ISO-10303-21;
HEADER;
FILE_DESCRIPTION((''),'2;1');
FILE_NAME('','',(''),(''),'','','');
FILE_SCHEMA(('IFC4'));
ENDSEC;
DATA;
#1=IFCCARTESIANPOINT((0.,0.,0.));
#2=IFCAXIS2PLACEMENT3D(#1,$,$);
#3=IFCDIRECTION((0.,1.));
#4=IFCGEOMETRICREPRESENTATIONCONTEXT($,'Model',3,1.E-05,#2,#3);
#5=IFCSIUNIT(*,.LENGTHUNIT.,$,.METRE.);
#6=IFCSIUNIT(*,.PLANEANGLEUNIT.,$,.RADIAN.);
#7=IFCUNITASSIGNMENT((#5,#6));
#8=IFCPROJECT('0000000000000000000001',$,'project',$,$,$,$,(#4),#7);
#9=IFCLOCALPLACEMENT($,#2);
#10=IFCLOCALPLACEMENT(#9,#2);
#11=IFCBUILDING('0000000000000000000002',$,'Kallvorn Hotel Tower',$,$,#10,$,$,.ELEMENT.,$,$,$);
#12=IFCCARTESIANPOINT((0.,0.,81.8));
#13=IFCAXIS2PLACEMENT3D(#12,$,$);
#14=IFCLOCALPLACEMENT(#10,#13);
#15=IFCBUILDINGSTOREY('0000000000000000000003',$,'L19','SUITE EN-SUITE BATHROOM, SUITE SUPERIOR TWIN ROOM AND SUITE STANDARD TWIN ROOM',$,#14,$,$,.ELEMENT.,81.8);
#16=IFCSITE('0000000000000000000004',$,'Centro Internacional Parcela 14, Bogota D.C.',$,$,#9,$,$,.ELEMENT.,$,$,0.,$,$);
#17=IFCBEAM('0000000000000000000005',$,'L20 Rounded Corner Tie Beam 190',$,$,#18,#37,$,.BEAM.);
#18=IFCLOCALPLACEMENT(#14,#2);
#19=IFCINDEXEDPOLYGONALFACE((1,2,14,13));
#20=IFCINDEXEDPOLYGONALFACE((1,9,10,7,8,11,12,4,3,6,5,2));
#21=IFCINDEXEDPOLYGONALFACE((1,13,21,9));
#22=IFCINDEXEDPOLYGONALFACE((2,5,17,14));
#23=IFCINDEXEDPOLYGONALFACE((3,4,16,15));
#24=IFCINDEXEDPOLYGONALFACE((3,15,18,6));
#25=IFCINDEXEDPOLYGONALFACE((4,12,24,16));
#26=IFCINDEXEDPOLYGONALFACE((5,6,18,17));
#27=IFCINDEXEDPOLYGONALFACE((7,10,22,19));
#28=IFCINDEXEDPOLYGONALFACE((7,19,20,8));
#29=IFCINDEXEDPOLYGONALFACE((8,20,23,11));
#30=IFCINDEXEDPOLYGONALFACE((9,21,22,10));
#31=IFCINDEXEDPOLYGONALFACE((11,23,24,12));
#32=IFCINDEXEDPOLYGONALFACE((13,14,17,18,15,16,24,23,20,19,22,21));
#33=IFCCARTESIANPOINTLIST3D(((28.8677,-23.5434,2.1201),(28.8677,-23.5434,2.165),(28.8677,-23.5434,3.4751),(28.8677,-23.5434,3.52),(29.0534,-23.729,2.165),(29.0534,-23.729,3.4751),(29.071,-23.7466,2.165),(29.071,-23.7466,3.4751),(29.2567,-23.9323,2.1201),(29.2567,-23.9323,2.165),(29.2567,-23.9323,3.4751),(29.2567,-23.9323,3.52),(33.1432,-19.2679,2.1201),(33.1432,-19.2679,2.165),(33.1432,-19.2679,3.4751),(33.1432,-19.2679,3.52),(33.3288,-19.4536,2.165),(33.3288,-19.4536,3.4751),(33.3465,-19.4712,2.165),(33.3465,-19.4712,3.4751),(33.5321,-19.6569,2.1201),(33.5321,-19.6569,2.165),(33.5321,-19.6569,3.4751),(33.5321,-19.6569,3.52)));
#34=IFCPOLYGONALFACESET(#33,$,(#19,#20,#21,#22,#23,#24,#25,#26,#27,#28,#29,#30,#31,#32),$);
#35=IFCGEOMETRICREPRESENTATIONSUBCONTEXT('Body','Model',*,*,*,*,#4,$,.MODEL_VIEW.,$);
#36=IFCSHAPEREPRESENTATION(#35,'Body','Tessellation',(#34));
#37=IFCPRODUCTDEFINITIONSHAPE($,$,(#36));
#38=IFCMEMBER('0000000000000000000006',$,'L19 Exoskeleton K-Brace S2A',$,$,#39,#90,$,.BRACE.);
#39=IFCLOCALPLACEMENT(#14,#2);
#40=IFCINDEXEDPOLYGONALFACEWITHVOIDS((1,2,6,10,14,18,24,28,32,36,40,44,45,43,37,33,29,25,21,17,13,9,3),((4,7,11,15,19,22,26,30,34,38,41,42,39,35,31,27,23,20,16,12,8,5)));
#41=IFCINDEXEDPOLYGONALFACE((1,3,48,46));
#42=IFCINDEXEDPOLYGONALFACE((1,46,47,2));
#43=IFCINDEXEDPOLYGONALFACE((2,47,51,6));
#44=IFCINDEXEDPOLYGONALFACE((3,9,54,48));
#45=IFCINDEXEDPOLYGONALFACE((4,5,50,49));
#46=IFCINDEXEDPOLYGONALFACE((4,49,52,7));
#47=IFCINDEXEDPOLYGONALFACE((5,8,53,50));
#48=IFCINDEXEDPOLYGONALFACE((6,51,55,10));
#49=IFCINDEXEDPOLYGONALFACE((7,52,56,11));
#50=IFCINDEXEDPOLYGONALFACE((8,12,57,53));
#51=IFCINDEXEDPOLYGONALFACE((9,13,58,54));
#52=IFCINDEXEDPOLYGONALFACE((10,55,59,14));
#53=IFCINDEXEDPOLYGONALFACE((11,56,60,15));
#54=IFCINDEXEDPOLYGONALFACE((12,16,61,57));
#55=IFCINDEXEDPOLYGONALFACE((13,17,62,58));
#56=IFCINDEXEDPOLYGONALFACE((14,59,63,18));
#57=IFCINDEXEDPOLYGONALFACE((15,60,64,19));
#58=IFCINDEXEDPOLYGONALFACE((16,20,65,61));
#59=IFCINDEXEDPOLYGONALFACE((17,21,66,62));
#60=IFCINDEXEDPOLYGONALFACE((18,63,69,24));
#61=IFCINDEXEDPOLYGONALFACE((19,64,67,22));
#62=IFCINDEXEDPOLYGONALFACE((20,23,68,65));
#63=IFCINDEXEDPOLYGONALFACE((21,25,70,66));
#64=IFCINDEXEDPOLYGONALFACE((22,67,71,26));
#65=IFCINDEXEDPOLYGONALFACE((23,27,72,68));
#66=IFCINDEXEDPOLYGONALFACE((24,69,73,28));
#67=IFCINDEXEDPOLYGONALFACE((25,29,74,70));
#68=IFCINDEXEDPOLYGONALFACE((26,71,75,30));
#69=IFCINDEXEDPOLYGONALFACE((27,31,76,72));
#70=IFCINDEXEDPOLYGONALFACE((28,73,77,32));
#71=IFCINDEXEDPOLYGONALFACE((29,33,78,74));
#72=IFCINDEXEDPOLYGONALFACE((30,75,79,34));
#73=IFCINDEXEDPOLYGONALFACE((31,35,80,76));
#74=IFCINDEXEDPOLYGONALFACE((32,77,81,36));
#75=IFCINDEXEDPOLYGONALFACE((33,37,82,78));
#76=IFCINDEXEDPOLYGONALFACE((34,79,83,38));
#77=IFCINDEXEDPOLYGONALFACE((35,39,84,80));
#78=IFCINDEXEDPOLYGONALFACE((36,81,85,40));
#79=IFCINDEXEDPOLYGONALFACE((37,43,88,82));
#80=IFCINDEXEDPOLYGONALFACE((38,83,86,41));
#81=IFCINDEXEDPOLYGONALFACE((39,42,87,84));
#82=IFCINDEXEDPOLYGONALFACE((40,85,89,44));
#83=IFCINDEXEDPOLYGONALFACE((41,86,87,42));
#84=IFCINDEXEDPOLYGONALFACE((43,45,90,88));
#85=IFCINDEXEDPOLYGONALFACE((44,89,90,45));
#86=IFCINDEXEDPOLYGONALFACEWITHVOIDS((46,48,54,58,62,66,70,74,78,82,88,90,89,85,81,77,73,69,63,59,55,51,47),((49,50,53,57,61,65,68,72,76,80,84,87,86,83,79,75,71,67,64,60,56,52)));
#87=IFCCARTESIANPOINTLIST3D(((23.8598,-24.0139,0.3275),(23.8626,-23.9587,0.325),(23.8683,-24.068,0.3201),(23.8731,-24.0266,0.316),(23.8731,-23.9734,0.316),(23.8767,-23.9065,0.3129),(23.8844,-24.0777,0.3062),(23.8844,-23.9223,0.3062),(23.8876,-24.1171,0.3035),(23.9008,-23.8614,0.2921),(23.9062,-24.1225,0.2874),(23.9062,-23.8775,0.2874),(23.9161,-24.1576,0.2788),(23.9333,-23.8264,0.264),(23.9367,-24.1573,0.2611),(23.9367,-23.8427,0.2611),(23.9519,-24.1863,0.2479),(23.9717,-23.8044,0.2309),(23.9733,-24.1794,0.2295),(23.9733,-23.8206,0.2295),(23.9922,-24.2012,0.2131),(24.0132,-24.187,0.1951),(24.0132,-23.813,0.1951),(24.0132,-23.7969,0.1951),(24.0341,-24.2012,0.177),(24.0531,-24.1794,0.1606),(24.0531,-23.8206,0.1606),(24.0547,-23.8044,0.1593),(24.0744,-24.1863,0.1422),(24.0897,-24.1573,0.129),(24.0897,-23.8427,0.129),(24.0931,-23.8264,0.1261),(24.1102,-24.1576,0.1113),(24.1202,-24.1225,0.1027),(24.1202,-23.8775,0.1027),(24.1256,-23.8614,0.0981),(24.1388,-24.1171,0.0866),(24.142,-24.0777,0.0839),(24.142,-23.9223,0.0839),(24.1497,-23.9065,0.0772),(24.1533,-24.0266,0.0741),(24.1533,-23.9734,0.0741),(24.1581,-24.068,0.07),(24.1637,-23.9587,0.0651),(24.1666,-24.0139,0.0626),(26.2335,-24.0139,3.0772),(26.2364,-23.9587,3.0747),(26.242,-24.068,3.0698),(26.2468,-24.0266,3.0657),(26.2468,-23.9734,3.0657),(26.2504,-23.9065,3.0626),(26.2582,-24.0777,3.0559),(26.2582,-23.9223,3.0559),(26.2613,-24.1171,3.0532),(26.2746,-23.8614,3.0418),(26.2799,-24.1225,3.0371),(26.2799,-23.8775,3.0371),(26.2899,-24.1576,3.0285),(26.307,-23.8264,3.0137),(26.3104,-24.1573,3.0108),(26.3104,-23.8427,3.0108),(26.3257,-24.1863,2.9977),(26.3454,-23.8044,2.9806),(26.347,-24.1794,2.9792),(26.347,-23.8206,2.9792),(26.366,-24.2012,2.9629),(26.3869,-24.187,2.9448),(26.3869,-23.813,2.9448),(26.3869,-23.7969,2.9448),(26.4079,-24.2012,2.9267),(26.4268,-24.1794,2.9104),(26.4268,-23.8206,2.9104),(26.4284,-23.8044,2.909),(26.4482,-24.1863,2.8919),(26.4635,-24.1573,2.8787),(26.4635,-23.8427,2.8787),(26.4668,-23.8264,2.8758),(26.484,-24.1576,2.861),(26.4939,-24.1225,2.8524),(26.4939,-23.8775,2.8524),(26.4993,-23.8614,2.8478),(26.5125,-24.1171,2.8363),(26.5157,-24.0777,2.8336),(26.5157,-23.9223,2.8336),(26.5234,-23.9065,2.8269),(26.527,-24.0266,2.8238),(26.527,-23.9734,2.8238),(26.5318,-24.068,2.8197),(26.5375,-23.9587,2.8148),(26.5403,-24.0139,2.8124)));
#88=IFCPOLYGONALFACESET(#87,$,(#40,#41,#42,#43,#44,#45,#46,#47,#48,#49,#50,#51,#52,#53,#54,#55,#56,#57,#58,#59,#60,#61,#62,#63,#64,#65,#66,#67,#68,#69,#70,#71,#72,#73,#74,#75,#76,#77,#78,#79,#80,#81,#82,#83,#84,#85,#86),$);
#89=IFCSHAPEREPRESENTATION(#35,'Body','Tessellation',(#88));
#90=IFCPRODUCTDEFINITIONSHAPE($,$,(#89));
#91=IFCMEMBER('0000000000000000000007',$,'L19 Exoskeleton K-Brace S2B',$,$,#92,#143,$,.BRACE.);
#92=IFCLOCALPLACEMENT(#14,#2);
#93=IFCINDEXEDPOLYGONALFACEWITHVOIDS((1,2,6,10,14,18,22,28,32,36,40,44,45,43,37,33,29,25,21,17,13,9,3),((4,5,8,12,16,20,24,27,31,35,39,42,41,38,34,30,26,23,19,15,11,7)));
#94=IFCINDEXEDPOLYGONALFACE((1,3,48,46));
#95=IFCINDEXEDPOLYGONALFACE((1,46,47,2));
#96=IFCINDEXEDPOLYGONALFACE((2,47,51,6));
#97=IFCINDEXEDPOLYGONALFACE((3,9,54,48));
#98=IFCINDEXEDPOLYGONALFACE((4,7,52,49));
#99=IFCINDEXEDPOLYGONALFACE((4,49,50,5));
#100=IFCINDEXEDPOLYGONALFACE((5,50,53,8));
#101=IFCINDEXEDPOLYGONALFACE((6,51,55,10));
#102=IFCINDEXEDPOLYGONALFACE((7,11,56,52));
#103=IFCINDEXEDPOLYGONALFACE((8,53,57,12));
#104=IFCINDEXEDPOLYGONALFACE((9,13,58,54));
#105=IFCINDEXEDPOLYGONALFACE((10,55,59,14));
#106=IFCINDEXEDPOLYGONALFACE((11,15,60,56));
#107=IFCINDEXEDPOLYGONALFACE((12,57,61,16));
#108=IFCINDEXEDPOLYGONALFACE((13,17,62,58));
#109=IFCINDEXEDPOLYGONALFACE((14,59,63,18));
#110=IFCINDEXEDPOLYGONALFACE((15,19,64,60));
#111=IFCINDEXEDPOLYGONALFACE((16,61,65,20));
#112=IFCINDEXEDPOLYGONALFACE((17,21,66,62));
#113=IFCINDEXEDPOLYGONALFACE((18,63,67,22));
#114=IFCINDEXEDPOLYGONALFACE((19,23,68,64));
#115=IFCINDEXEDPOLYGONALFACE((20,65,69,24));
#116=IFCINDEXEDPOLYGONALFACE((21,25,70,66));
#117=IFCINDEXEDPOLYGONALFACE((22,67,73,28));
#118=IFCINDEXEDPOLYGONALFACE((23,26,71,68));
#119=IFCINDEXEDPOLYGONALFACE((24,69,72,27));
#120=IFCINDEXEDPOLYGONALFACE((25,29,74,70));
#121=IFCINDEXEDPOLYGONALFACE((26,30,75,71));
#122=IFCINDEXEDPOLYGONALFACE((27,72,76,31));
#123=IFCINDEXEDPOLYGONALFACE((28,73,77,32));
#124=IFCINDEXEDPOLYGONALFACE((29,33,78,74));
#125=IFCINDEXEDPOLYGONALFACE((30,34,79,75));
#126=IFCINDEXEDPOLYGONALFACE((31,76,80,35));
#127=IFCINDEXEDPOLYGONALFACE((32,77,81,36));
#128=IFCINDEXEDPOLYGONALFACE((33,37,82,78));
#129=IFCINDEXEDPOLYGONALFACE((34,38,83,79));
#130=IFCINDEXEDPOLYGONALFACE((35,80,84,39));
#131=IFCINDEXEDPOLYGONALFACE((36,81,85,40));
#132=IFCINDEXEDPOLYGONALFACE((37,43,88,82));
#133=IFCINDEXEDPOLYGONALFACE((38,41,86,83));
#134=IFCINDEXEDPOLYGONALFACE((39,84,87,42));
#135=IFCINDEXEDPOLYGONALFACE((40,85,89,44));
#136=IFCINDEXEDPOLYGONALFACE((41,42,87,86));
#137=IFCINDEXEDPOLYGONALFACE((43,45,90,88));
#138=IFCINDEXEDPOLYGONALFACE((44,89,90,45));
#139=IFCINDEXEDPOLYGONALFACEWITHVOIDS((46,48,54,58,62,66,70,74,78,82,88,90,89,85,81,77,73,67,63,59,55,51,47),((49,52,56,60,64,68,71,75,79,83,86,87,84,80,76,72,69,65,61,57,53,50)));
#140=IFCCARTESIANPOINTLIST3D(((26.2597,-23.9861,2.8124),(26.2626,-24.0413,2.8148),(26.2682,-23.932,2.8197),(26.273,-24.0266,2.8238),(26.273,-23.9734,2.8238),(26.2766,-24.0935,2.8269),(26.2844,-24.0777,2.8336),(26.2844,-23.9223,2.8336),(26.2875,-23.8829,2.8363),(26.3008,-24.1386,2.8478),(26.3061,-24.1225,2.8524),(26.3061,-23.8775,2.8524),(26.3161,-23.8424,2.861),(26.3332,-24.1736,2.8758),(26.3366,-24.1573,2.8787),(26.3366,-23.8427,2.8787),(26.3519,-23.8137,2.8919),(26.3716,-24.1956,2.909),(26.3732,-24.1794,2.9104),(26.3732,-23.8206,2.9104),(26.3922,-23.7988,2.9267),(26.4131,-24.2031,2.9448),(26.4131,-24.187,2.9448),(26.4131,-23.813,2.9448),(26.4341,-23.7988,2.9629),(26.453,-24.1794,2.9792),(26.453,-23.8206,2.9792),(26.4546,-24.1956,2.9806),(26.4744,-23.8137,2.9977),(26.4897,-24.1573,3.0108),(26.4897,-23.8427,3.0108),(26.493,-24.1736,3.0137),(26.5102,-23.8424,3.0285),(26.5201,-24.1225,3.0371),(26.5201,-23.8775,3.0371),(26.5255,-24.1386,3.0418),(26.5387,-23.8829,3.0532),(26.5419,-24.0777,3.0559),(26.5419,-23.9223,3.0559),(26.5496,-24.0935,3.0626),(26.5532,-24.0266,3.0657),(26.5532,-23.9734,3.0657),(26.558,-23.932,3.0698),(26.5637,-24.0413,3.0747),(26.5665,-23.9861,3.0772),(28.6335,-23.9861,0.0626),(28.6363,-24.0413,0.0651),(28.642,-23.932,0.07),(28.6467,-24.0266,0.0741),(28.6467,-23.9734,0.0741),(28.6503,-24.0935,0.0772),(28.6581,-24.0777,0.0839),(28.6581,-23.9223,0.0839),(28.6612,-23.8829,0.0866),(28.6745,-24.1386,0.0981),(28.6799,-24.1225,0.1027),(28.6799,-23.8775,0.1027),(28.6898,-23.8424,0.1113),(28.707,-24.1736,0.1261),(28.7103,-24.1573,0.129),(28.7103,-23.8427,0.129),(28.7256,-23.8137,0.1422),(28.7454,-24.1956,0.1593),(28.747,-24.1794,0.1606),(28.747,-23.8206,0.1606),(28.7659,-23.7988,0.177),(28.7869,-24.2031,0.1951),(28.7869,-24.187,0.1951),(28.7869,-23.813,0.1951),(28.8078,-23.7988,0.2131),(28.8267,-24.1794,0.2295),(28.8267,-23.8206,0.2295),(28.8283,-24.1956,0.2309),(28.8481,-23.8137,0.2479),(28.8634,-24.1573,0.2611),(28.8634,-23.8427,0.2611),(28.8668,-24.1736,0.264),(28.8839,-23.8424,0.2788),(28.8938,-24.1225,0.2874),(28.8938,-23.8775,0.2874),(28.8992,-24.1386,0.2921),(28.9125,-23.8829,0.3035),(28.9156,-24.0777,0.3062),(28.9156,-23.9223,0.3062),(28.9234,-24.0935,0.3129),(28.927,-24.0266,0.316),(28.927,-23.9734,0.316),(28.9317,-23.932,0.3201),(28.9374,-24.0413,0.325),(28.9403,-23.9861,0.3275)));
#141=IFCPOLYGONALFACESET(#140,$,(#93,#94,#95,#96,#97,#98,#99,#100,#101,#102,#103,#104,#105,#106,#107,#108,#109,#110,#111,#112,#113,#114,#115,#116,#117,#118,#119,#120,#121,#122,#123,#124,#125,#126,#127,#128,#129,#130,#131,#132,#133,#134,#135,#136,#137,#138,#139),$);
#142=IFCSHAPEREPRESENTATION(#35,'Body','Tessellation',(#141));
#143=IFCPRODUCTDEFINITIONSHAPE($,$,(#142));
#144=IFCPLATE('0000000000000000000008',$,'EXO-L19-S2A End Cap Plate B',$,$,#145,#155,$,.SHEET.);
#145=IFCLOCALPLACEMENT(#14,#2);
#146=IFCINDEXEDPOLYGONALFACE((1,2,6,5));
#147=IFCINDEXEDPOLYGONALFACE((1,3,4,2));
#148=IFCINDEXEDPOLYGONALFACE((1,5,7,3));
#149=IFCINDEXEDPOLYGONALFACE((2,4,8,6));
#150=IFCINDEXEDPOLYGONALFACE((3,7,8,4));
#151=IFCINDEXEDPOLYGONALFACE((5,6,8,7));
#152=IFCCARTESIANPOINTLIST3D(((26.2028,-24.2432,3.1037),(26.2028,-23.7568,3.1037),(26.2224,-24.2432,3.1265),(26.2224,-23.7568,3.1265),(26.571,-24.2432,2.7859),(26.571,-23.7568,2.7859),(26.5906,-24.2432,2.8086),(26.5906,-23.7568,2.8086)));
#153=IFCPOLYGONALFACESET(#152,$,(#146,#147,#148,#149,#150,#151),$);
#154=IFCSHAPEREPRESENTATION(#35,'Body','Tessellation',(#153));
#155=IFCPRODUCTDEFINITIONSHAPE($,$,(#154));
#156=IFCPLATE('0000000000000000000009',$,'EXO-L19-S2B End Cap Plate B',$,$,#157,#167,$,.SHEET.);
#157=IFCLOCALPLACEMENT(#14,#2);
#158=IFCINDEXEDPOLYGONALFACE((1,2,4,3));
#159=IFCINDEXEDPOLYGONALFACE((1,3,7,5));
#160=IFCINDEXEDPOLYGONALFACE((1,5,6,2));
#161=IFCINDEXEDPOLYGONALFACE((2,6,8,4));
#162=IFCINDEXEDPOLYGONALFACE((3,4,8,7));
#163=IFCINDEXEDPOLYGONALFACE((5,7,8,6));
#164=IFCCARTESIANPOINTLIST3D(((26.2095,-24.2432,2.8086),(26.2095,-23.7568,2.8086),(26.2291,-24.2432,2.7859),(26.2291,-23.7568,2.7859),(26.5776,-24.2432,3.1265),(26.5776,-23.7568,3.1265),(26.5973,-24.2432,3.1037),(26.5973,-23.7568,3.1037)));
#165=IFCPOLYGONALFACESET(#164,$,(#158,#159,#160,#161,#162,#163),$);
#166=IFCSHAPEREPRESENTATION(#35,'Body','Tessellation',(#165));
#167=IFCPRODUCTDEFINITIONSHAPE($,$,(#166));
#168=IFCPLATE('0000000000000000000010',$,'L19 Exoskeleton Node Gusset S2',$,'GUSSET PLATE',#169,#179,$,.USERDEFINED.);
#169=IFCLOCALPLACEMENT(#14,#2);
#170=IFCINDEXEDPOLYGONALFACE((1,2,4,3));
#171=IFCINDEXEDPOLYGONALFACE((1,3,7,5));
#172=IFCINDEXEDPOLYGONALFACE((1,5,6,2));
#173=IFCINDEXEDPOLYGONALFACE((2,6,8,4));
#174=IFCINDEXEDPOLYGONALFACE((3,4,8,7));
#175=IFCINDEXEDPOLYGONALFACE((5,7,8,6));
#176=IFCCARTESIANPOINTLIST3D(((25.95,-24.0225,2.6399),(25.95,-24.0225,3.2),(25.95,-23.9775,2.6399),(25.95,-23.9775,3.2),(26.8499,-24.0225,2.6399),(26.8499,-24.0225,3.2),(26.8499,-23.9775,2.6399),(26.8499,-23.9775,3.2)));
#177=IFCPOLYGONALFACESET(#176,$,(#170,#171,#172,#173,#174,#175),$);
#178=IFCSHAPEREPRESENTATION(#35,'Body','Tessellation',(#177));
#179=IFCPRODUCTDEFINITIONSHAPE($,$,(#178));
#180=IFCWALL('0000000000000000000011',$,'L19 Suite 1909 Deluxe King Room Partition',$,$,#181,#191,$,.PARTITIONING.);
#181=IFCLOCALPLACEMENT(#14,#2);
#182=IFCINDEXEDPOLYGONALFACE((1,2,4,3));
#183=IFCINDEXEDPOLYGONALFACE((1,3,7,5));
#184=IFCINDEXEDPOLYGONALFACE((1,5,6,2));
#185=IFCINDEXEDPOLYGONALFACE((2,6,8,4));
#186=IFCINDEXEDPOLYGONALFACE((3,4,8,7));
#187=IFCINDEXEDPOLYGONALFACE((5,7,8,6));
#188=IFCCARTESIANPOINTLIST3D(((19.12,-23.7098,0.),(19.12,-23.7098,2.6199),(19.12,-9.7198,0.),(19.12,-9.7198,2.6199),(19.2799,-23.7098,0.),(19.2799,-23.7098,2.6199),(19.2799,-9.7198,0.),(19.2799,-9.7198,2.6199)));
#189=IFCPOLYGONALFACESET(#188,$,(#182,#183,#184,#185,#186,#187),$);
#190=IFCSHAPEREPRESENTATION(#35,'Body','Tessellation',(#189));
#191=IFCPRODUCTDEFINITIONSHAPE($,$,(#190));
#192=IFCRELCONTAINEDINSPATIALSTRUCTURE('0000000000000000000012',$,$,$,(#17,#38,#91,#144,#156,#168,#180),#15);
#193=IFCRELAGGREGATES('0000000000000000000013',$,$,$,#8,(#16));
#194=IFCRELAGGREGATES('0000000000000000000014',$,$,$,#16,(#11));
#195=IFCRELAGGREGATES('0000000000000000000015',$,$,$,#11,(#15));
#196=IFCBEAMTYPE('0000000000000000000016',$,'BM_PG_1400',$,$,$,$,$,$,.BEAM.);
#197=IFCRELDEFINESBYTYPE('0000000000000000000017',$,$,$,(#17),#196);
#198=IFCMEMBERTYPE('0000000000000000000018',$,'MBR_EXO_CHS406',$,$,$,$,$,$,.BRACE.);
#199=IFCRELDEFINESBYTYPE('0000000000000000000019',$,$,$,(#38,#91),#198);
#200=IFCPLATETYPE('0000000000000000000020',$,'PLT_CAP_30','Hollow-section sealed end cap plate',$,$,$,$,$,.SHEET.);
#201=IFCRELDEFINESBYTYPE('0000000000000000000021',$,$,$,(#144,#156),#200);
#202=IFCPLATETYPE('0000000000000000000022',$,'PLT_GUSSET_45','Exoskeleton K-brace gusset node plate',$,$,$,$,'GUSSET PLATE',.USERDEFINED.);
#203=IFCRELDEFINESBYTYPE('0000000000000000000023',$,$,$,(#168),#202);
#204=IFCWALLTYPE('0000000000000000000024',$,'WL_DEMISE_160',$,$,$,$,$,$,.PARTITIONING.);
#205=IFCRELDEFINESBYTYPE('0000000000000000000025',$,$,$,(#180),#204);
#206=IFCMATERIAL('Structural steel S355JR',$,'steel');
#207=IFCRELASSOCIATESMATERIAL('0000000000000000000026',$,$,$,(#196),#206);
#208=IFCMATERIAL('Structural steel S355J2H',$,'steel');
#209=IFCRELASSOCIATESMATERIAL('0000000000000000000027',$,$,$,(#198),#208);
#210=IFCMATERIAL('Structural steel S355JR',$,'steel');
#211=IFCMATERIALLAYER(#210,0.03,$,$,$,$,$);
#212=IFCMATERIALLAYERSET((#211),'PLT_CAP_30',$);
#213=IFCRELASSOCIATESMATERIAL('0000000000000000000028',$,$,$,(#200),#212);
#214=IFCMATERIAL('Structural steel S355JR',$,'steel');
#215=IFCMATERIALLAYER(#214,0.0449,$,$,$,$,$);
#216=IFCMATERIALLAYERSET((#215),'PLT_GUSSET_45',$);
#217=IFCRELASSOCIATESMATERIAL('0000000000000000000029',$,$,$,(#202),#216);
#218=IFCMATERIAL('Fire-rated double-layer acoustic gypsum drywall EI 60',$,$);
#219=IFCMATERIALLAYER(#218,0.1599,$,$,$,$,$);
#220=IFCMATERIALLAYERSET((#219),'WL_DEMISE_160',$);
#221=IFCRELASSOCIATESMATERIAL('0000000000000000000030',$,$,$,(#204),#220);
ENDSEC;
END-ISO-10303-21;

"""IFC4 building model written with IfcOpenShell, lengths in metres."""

from ifc_helpers import new_model, si_unit, direction, frame, frame_2d, origin, origin_2d, place, context, subcontext, project, spatial, polyline, rectangle, hollow_circle, i_section, outline, extrude, material, layer, layer_set, material_profile, profile_set, type_object, element, save


model = new_model("IFC4")

# Units and contexts
model_context = context("Model", 3, precision=1e-05, world=origin(), true_north=direction((0.0, 1.0)))
body_context = subcontext(model_context, "Body", "Model", "MODEL_VIEW")
ifc_project = project(units=[si_unit("LENGTHUNIT", "METRE"), si_unit("PLANEANGLEUNIT", "RADIAN")], contexts=[model_context])

# Site, building, storey
site_placement = place(None, origin())
site = spatial("IfcSite", under=ifc_project, at=site_placement, Name="Centro Internacional Parcela 14, Bogota D.C.", CompositionType="ELEMENT", RefElevation=0.0)
building_placement = place(site_placement, origin())
building = spatial("IfcBuilding", under=site, at=building_placement, Name="Kallvorn Hotel Tower", CompositionType="ELEMENT")
storey_placement = place(building_placement, frame((0.0, 0.0, 81.8)))
storey = spatial("IfcBuildingStorey", under=building, at=storey_placement, Name="L19", Description="SUITE EN-SUITE BATHROOM, SUITE SUPERIOR TWIN ROOM AND SUITE STANDARD TWIN ROOM", CompositionType="ELEMENT", Elevation=81.8)

# Beam
ifc_material_1 = material(Name="Structural steel S355JR", Category="steel")
ifc_material_profile_1 = material_profile(ifc_material_1, i_section(OverallWidth=0.55, OverallDepth=1.3999, WebThickness=0.0249, FlangeThickness=0.0449, at=origin_2d()), Name="PG 1400x550x25x45")
ifc_profile_set_1 = profile_set([ifc_material_profile_1], Name="Structural steel S355JR")
beam_type_1 = type_object("IfcBeamType", Name="BM_PG_1400", PredefinedType="BEAM", material=ifc_profile_set_1)
beam_1_placement = place(storey_placement, frame((33.3376, -19.4624, 2.8201), z_axis=(-0.707107, -0.707107, 0.0), x_axis=(0.707107, -0.707107, 0.0)))
element("IfcBeam", 1, at=beam_1_placement, inside=storey, type_object=beam_type_1, Name="L20 Rounded Corner Tie Beam 190", PredefinedType="BEAM", context=body_context, shape_type="SweptSolid", body=[
    extrude(i_section(OverallWidth=0.55, OverallDepth=1.3999, WebThickness=0.0249, FlangeThickness=0.0449, at=origin_2d()), origin(), (0.0, 0.0, 1.0), 6.0464),
])

# Members
ifc_material_2 = material(Name="Structural steel S355J2H", Category="steel")
ifc_material_profile_2 = material_profile(ifc_material_2, hollow_circle(Radius=0.2031, WallThickness=0.0161, at=origin_2d()), Name="CHS 406.4x16")
ifc_profile_set_2 = profile_set([ifc_material_profile_2], Name="Structural steel S355J2H")
member_type = type_object("IfcMemberType", Name="MBR_EXO_CHS406", PredefinedType="BRACE", material=ifc_profile_set_2)
for number, where, z_axis, x_axis, name in (
    (2, (24.0132, -24.0, 0.1951), (0.653461, 0.0, 0.756961), (0.0, 1.0, 0.0), "L19 Exoskeleton K-Brace S2A"),
    (3, (28.7869, -24.0, 0.1951), (-0.653461, 0.0, 0.756961), (0.0, -1.0, 0.0), "L19 Exoskeleton K-Brace S2B"),
):
    element("IfcMember", number, at=place(storey_placement, frame(where, z_axis=z_axis, x_axis=x_axis)), inside=storey, type_object=member_type, Name=name, PredefinedType="BRACE", context=body_context, shape_type="SweptSolid", body=[
        extrude(hollow_circle(Radius=0.2031, WallThickness=0.0161, at=origin_2d()), origin(), (0.0, 0.0, 1.0), 3.6326),
    ])

# Plates
ifc_material_3 = material(Name="Structural steel S355JR", Category="steel")
ifc_layer_1 = layer(ifc_material_3, 0.03)
ifc_layer_set_1 = layer_set([ifc_layer_1], Name="PLT_CAP_30")
plate_type_1 = type_object("IfcPlateType", Name="PLT_CAP_30", Description="Hollow-section sealed end cap plate", PredefinedType="SHEET", material=ifc_layer_set_1)
for number, where, z_axis, x_axis, name in (
    (4, (26.5906, -24.2432, 2.8086), (0.653515, 0.0, 0.756913), (0.0, 1.0, 0.0), "EXO-L19-S2A End Cap Plate B"),
    (5, (26.2095, -23.7568, 2.8086), (-0.653515, 0.0, 0.756913), (0.0, -1.0, 0.0), "EXO-L19-S2B End Cap Plate B"),
):
    element("IfcPlate", number, at=place(storey_placement, frame(where, z_axis=z_axis, x_axis=x_axis)), inside=storey, type_object=plate_type_1, Name=name, PredefinedType="SHEET", context=body_context, shape_type="SweptSolid", body=[
        extrude(outline(polyline([(0.0, 0.0), (0.4863, 0.0), (0.4863, 0.4864), (0.0, 0.4864), (0.0, 0.0)])), origin(), (0.0, 0.0, -1.0), 0.03),
    ])
ifc_material_4 = material(Name="Structural steel S355JR", Category="steel")
ifc_layer_2 = layer(ifc_material_4, 0.0449)
ifc_layer_set_2 = layer_set([ifc_layer_2], Name="PLT_GUSSET_45")
plate_type_2 = type_object("IfcPlateType", Name="PLT_GUSSET_45", Description="Exoskeleton K-brace gusset node plate", ElementType="GUSSET PLATE", PredefinedType="USERDEFINED", material=ifc_layer_set_2)
plate_placement = place(storey_placement, frame((26.3999, -24.0, 2.6399), z_axis=(0.0, 0.0, 1.0), x_axis=(1.0, 0.0, 0.0)))
element("IfcPlate", 6, at=plate_placement, inside=storey, type_object=plate_type_2, Name="L19 Exoskeleton Node Gusset S2", ObjectType="GUSSET PLATE", PredefinedType="USERDEFINED", context=body_context, shape_type="SweptSolid", body=[
    extrude(rectangle(XDim=0.8999, YDim=0.0449, at=origin_2d()), origin(), (0.0, 0.0, 1.0), 0.5601),
])

# Wall
ifc_material_5 = material(Name="Fire-rated double-layer acoustic gypsum drywall EI 60")
ifc_layer_3 = layer(ifc_material_5, 0.1599)
ifc_layer_set_3 = layer_set([ifc_layer_3], Name="WL_DEMISE_160")
wall_type_1 = type_object("IfcWallType", Name="WL_DEMISE_160", PredefinedType="PARTITIONING", material=ifc_layer_set_3)
for number, where, z_axis, x_axis, name in (
    (7, (19.2, -23.71, 0.0), (0.0, 0.0, 1.0), (0.0, 1.0, 0.0), "L19 Suite 1909 Deluxe King Room Partition"),
):
    element("IfcWall", number, at=place(storey_placement, frame(where, z_axis=z_axis, x_axis=x_axis)), inside=storey, type_object=wall_type_1, Name=name, PredefinedType="PARTITIONING", context=body_context, shape_type="SweptSolid", body=[
        extrude(rectangle(XDim=13.99, YDim=0.1599, at=frame_2d((6.9951, 0.0))), origin(), (0.0, 0.0, 1.0), 2.6199),
    ])

save(model, "model.ifc")
